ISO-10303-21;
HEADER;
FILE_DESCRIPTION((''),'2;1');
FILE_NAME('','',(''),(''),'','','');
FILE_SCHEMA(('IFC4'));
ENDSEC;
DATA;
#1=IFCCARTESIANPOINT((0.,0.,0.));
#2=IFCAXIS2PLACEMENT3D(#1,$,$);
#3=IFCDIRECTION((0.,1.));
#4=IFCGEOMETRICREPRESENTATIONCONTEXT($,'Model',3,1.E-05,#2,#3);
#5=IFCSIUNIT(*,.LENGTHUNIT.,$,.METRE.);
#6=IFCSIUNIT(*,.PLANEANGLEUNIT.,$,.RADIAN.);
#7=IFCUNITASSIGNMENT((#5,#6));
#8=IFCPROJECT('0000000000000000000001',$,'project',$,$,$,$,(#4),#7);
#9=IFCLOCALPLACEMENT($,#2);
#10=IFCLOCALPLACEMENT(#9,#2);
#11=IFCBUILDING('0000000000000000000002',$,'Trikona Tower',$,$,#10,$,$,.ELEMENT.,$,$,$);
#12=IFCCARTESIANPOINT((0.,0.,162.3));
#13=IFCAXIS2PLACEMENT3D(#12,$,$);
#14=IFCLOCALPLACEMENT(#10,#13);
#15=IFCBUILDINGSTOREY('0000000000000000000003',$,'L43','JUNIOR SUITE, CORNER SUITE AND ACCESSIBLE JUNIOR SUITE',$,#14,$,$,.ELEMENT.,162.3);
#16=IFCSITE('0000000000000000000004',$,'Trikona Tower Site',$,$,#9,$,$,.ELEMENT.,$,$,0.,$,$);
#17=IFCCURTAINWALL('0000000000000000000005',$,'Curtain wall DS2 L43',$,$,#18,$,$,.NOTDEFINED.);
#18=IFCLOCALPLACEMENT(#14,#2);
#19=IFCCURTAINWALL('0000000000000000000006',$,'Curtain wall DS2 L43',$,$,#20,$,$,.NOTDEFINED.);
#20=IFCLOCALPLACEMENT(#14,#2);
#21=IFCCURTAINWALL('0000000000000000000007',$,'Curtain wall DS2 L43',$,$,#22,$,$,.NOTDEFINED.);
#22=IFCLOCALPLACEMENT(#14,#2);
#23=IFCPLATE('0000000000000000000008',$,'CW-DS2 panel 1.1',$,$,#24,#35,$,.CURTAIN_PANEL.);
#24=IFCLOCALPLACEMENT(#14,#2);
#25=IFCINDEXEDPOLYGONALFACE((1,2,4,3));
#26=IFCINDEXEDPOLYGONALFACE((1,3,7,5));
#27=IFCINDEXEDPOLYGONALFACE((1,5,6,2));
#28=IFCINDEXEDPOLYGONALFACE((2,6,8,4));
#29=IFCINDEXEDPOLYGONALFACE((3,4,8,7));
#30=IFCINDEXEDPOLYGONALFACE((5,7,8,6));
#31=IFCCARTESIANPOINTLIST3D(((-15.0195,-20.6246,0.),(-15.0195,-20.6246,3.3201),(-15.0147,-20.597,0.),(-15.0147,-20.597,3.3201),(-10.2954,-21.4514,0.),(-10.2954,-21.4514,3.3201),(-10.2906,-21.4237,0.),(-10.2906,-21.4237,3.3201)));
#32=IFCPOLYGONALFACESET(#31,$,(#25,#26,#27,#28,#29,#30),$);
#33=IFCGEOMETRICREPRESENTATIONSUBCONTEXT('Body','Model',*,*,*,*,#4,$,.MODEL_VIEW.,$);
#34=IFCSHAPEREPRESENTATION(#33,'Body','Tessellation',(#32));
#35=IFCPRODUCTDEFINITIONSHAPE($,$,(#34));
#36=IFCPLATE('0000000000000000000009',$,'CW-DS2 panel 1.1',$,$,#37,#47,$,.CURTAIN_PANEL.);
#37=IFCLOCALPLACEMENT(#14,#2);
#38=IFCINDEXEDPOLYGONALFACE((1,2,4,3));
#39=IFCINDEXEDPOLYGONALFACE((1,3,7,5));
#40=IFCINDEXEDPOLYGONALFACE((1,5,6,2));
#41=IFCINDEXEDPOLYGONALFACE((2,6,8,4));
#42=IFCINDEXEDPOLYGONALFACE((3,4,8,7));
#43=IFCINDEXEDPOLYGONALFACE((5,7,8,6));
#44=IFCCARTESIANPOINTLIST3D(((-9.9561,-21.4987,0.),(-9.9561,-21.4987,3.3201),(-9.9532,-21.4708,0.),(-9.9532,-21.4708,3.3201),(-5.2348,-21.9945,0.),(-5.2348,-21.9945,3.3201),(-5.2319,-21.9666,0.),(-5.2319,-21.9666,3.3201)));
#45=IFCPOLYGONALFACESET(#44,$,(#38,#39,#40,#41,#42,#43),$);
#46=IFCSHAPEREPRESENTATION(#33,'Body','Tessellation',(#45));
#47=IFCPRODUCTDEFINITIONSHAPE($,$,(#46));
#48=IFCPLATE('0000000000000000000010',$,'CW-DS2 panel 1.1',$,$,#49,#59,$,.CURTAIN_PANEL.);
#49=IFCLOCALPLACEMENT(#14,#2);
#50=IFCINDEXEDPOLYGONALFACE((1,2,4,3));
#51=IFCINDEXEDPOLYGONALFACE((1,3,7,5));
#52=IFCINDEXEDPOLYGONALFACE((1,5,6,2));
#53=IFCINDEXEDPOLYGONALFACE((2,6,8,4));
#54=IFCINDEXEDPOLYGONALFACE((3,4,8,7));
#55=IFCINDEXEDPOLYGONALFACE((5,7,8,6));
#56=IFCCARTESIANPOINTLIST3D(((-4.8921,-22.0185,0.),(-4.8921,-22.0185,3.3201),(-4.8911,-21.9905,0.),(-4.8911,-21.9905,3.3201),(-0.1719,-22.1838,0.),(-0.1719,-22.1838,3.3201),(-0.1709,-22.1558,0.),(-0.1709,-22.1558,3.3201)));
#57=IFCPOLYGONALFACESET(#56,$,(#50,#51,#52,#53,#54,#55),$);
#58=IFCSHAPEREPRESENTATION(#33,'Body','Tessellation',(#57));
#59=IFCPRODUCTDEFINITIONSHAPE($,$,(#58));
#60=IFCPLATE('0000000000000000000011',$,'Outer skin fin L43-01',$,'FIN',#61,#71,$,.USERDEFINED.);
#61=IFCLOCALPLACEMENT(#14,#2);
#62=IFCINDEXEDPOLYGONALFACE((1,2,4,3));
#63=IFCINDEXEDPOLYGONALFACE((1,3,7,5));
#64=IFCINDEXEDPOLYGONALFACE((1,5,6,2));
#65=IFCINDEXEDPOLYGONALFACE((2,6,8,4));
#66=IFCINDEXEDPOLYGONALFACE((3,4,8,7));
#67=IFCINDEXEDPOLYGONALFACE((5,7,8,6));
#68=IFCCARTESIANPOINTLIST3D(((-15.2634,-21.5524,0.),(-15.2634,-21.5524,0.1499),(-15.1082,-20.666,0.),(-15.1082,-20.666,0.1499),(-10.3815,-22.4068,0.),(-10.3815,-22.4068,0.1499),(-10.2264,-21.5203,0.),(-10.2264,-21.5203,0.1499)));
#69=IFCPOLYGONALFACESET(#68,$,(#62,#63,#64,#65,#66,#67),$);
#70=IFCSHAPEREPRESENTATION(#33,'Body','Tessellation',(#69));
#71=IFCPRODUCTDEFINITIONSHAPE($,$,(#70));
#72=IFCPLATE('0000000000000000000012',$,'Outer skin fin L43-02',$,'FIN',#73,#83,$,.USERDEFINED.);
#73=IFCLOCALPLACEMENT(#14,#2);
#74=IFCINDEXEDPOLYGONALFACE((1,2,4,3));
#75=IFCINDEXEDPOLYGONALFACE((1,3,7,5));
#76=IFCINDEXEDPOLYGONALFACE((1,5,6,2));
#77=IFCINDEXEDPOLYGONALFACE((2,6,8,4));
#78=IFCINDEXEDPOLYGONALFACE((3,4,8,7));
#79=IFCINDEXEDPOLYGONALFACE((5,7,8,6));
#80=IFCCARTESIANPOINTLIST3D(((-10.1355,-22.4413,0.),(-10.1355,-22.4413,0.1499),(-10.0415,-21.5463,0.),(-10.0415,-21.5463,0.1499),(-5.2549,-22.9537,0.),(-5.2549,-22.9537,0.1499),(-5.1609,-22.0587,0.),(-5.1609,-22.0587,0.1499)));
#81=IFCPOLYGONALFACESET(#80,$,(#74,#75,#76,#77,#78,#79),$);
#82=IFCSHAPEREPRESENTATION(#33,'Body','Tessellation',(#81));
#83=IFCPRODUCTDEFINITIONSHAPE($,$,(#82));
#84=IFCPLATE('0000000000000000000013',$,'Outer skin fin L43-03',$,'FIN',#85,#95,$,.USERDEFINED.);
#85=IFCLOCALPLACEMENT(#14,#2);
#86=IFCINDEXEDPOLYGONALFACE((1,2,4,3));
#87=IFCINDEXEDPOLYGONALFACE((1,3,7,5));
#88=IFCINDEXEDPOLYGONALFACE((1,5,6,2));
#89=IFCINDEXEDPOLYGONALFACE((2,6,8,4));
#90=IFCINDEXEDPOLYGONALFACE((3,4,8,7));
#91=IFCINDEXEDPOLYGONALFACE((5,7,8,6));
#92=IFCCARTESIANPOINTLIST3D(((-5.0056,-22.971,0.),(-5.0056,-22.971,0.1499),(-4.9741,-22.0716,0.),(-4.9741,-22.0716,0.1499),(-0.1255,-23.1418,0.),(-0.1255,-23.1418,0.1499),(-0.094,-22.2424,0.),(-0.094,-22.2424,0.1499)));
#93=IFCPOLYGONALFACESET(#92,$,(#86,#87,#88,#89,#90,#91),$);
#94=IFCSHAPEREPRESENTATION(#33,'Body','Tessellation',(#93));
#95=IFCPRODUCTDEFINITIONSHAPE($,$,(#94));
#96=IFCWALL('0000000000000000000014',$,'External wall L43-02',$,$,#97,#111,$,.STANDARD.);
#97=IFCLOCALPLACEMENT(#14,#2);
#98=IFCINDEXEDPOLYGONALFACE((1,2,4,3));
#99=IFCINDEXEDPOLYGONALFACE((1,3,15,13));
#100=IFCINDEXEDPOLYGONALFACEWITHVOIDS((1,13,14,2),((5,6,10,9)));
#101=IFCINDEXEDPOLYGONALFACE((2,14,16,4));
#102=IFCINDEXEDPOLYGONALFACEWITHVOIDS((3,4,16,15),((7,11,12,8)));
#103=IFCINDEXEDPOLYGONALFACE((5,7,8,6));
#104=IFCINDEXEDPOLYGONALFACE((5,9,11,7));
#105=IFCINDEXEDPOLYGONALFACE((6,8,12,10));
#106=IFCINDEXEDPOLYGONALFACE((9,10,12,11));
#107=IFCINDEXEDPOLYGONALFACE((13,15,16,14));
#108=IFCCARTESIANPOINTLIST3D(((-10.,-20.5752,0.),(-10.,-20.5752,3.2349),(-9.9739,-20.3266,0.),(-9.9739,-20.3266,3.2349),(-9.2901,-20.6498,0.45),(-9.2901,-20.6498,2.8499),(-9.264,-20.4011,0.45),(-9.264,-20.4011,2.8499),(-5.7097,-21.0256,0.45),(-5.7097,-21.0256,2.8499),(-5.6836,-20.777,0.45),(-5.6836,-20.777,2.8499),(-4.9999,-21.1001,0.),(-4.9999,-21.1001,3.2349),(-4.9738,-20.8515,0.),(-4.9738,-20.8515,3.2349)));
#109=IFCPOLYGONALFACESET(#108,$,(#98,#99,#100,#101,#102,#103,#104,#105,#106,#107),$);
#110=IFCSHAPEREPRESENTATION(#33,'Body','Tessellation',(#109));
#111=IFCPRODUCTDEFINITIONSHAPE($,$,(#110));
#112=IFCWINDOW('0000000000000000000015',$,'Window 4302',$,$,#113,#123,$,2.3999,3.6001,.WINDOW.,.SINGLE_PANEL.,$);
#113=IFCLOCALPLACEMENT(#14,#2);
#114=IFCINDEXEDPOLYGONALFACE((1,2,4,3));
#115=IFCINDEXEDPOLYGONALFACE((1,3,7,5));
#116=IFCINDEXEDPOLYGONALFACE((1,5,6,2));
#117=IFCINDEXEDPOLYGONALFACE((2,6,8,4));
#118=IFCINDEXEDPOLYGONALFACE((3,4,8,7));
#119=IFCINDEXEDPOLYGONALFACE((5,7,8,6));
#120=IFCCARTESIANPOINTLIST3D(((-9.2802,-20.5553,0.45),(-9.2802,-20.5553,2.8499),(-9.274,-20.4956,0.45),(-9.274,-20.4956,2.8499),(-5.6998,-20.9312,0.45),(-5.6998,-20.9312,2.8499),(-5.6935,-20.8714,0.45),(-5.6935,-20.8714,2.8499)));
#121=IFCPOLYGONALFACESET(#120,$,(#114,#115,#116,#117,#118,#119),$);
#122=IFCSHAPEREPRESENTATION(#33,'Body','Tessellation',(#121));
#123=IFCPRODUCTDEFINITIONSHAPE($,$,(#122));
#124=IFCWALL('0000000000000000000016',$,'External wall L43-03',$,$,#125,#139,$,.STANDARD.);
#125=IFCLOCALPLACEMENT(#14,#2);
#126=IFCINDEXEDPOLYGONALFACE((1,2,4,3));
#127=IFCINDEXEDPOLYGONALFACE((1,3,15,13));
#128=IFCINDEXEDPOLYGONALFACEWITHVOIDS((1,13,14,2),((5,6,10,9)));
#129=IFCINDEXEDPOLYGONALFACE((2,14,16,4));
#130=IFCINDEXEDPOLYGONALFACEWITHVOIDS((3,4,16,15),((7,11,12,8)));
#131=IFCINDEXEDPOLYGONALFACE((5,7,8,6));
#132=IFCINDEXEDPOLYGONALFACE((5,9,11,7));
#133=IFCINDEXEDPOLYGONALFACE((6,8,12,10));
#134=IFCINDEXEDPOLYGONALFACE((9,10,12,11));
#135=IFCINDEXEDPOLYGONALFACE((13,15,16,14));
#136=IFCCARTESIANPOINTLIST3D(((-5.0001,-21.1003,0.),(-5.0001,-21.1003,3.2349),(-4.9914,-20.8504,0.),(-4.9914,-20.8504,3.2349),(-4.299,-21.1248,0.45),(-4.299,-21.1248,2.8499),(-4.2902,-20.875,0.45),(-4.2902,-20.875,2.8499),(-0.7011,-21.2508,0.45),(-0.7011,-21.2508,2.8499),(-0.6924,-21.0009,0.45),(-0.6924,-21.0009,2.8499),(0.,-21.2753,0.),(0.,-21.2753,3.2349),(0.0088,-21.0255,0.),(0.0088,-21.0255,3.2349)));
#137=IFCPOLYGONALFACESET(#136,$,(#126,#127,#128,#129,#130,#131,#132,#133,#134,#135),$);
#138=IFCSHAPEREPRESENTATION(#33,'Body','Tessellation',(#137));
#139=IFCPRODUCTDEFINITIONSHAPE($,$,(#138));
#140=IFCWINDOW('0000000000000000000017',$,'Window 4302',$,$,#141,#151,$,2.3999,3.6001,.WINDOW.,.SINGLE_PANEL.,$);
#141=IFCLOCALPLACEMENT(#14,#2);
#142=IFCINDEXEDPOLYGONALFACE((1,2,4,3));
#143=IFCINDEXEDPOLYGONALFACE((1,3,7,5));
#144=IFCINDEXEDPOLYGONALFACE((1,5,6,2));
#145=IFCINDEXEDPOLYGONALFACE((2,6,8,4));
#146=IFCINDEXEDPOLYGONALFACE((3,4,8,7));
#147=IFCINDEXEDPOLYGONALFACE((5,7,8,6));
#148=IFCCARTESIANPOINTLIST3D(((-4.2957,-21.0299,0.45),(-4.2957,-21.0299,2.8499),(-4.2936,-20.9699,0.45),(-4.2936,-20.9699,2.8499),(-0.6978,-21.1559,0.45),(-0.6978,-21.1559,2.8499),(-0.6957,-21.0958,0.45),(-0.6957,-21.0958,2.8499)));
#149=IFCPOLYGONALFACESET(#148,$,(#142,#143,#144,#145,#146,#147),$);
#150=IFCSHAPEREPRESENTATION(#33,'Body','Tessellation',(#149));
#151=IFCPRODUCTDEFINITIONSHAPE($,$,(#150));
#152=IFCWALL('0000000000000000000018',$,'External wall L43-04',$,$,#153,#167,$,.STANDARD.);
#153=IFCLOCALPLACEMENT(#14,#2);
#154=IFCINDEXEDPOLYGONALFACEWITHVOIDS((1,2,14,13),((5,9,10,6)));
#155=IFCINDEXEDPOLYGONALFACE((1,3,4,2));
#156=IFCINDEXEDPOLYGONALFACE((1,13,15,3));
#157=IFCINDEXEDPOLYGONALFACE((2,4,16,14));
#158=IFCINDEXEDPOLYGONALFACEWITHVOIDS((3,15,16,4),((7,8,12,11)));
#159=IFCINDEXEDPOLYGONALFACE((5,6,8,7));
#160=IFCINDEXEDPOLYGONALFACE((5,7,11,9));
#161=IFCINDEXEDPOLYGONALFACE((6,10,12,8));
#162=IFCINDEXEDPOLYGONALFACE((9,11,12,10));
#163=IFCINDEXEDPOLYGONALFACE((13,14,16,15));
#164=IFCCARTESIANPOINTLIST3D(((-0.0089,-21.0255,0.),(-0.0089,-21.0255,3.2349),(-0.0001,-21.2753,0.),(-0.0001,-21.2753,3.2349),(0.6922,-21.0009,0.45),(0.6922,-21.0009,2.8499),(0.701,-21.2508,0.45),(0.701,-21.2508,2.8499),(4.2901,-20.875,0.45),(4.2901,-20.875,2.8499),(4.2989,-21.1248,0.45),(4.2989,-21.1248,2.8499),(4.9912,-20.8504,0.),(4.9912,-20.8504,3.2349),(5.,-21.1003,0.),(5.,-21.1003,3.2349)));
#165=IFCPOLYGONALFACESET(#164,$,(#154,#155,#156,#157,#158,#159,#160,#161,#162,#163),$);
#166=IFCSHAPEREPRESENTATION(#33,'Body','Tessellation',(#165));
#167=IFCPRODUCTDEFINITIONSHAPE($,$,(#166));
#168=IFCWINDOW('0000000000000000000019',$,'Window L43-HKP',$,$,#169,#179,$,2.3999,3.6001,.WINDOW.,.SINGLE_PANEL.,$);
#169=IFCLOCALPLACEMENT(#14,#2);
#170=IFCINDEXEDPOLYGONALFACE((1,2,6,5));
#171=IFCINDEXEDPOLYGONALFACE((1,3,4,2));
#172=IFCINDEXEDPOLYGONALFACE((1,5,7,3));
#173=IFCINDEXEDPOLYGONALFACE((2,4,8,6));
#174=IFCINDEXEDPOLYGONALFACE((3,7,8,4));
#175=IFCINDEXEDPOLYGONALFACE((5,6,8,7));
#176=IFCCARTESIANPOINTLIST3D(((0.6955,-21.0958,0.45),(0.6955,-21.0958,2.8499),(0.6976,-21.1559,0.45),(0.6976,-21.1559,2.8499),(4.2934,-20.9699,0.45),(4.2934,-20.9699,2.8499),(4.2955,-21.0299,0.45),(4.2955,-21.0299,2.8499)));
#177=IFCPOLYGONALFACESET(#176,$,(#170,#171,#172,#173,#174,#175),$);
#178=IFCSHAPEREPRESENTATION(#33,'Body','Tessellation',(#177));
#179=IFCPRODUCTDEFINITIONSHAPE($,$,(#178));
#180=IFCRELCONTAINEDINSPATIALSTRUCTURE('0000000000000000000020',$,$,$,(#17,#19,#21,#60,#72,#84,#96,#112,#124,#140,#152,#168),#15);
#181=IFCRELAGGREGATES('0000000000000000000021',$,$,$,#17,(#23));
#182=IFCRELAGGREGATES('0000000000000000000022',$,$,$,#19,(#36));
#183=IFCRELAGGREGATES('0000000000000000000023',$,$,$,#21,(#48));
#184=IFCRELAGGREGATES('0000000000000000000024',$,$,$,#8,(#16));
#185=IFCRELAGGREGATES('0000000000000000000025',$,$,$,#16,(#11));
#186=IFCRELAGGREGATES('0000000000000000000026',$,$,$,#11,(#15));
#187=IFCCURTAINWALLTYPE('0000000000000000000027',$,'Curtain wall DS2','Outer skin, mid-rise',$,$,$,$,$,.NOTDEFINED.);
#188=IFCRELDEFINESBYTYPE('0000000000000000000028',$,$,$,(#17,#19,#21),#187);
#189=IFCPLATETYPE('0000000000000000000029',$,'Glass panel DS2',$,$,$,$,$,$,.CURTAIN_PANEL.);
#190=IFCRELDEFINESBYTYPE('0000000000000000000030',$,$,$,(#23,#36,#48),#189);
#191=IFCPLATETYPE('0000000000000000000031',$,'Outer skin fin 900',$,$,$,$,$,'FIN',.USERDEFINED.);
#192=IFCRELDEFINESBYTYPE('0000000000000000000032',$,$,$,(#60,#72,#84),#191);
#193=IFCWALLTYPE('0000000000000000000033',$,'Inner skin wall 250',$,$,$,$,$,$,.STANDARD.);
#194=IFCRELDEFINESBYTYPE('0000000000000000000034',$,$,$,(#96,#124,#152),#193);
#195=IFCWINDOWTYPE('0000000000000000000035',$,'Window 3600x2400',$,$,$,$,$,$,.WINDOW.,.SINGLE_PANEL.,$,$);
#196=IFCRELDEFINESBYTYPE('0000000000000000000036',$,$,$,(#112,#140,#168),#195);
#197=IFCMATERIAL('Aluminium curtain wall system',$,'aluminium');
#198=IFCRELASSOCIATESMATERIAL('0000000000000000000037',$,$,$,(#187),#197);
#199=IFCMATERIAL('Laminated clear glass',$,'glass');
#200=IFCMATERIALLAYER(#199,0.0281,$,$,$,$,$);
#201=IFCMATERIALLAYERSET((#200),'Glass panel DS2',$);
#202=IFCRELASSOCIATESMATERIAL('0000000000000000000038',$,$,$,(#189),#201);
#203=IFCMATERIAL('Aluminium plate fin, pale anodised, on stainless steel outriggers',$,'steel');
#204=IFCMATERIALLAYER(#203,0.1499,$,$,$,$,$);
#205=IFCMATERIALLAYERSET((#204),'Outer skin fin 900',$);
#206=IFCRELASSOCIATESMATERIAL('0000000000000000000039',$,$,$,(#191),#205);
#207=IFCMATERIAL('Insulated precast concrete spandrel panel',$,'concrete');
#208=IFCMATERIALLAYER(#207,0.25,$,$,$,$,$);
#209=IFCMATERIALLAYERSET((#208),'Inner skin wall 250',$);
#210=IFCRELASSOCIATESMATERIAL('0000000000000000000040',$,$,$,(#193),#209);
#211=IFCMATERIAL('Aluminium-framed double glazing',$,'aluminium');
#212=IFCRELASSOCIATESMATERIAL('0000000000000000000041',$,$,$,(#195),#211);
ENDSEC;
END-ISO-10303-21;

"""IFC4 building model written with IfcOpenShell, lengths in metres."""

from ifc_helpers import new_model, si_unit, direction, frame, frame_2d, origin, origin_2d, place, context, subcontext, project, spatial, rectangle, extrude, material, layer, layer_set, type_object, element, fill, aggregate, save


model = new_model("IFC4")

# Units and contexts
model_context = context("Model", 3, precision=1e-05, world=origin(), true_north=direction((0.0, 1.0)))
body_context = subcontext(model_context, "Body", "Model", "MODEL_VIEW")
ifc_project = project(units=[si_unit("LENGTHUNIT", "METRE"), si_unit("PLANEANGLEUNIT", "RADIAN")], contexts=[model_context])

# Site, building, storey
site_placement = place(None, origin())
site = spatial("IfcSite", under=ifc_project, at=site_placement, Name="Trikona Tower Site", CompositionType="ELEMENT", RefElevation=0.0)
building_placement = place(site_placement, origin())
building = spatial("IfcBuilding", under=site, at=building_placement, Name="Trikona Tower", CompositionType="ELEMENT")
storey_placement = place(building_placement, frame((0.0, 0.0, 162.3)))
storey = spatial("IfcBuildingStorey", under=building, at=storey_placement, Name="L43", Description="JUNIOR SUITE, CORNER SUITE AND ACCESSIBLE JUNIOR SUITE", CompositionType="ELEMENT", Elevation=162.3)

# Curtain wall
ifc_material_1 = material(Name="Aluminium curtain wall system", Category="aluminium")
curtain_wall_type = type_object("IfcCurtainWallType", Name="Curtain wall DS2", Description="Outer skin, mid-rise", PredefinedType="NOTDEFINED", material=ifc_material_1)
curtain_wall_1_placement = place(storey_placement, origin())
curtain_wall_1 = element("IfcCurtainWall", 1, at=curtain_wall_1_placement, inside=storey, type_object=curtain_wall_type, Name="Curtain wall DS2 L43", PredefinedType="NOTDEFINED")

# Curtain walls
curtain_wall_2_placement = place(storey_placement, origin())
curtain_wall_2 = element("IfcCurtainWall", 2, at=curtain_wall_2_placement, inside=storey, type_object=curtain_wall_type, Name="Curtain wall DS2 L43", PredefinedType="NOTDEFINED")
curtain_wall_3_placement = place(storey_placement, origin())
curtain_wall_3 = element("IfcCurtainWall", 3, at=curtain_wall_3_placement, inside=storey, type_object=curtain_wall_type, Name="Curtain wall DS2 L43", PredefinedType="NOTDEFINED")

# Plates
ifc_material_2 = material(Name="Laminated clear glass", Category="glass")
ifc_layer_1 = layer(ifc_material_2, 0.0281)
ifc_layer_set_1 = layer_set([ifc_layer_1], Name="Glass panel DS2")
plate_type_1 = type_object("IfcPlateType", Name="Glass panel DS2", PredefinedType="CURTAIN_PANEL", material=ifc_layer_set_1)
plate_1_placement = place(storey_placement, frame((-12.655, -21.0242, 0.0), z_axis=(0.0, 0.0, 1.0), x_axis=(0.985031, -0.172377, 0.0)))
plate_1 = element("IfcPlate", 4, at=plate_1_placement, type_object=plate_type_1, Name="CW-DS2 panel 1.1", PredefinedType="CURTAIN_PANEL", context=body_context, shape_type="SweptSolid", body=[
    extrude(rectangle(XDim=4.7959, YDim=0.0281, at=origin_2d()), origin(), (0.0, 0.0, 1.0), 3.3201),
])
aggregate(curtain_wall_1, [plate_1])
plate_2_placement = place(storey_placement, frame((-7.594, -21.7327, 0.0), z_axis=(0.0, 0.0, 1.0), x_axis=(0.994532, -0.104433, 0.0)))
plate_2 = element("IfcPlate", 5, at=plate_2_placement, type_object=plate_type_1, Name="CW-DS2 panel 1.1", PredefinedType="CURTAIN_PANEL", context=body_context, shape_type="SweptSolid", body=[
    extrude(rectangle(XDim=4.7473, YDim=0.0281, at=origin_2d()), origin(), (0.0, 0.0, 1.0), 3.3201),
])
aggregate(curtain_wall_2, [plate_2])
plate_3_placement = place(storey_placement, frame((-2.5315, -22.0872, 0.0), z_axis=(0.0, 0.0, 1.0), x_axis=(0.999387, -0.034998, 0.0)))
plate_3 = element("IfcPlate", 6, at=plate_3_placement, type_object=plate_type_1, Name="CW-DS2 panel 1.1", PredefinedType="CURTAIN_PANEL", context=body_context, shape_type="SweptSolid", body=[
    extrude(rectangle(XDim=4.7231, YDim=0.0281, at=origin_2d()), origin(), (0.0, 0.0, 1.0), 3.3201),
])
aggregate(curtain_wall_3, [plate_3])

# Plates
ifc_material_3 = material(Name="Aluminium plate fin, pale anodised, on stainless steel outriggers", Category="steel")
ifc_layer_2 = layer(ifc_material_3, 0.1499)
ifc_layer_set_2 = layer_set([ifc_layer_2], Name="Outer skin fin 900")
plate_type_2 = type_object("IfcPlateType", Name="Outer skin fin 900", ElementType="FIN", PredefinedType="USERDEFINED", material=ifc_layer_set_2)
plate_4_placement = place(storey_placement, frame((-12.7449, -21.5364, 0.0), z_axis=(0.0, 0.0, 1.0), x_axis=(0.985031, -0.17238, 0.0)))
element("IfcPlate", 7, at=plate_4_placement, inside=storey, type_object=plate_type_2, Name="Outer skin fin L43-01", ObjectType="FIN", PredefinedType="USERDEFINED", context=body_context, shape_type="SweptSolid", body=[
    extrude(rectangle(XDim=4.9561, YDim=0.8999, at=origin_2d()), origin(), (0.0, 0.0, 1.0), 0.1499),
])
plate_5_placement = place(storey_placement, frame((-7.6482, -22.25, 0.0), z_axis=(0.0, 0.0, 1.0), x_axis=(0.994533, -0.104426, 0.0)))
element("IfcPlate", 8, at=plate_5_placement, inside=storey, type_object=plate_type_2, Name="Outer skin fin L43-02", ObjectType="FIN", PredefinedType="USERDEFINED", context=body_context, shape_type="SweptSolid", body=[
    extrude(rectangle(XDim=4.9075, YDim=0.8999, at=origin_2d()), origin(), (0.0, 0.0, 1.0), 0.1499),
])
plate_6_placement = place(storey_placement, frame((-2.5498, -22.6067, 0.0), z_axis=(0.0, 0.0, 1.0), x_axis=(0.999388, -0.034978, 0.0)))
element("IfcPlate", 9, at=plate_6_placement, inside=storey, type_object=plate_type_2, Name="Outer skin fin L43-03", ObjectType="FIN", PredefinedType="USERDEFINED", context=body_context, shape_type="SweptSolid", body=[
    extrude(rectangle(XDim=4.8831, YDim=0.8999, at=origin_2d()), origin(), (0.0, 0.0, 1.0), 0.1499),
])

# Walls, openings, windows
ifc_material_4 = material(Name="Insulated precast concrete spandrel panel", Category="concrete")
ifc_layer_3 = layer(ifc_material_4, 0.25)
ifc_layer_set_3 = layer_set([ifc_layer_3], Name="Inner skin wall 250")
wall_type = type_object("IfcWallType", Name="Inner skin wall 250", PredefinedType="STANDARD", material=ifc_layer_set_3)
wall_1_placement = place(storey_placement, frame((-9.9868, -20.4509, 0.0), z_axis=(0.0, 0.0, 1.0), x_axis=(0.994535, -0.104407, 0.0)))
wall_1 = element("IfcWall", 10, at=wall_1_placement, inside=storey, type_object=wall_type, Name="External wall L43-02", PredefinedType="STANDARD", context=body_context, shape_type="SweptSolid", body=[
    extrude(rectangle(XDim=5.0276, YDim=0.25, at=frame_2d((2.5137, 0.0))), origin(), (0.0, 0.0, 1.0), 3.2349),
])
opening_1_placement = place(wall_1_placement, frame((0.7136, 0.0, 0.45)))
opening_1 = element("IfcOpeningElement", 11, at=opening_1_placement, cuts=wall_1, PredefinedType="OPENING", context=body_context, shape_type="SweptSolid", body=[
    extrude(rectangle(XDim=3.6001, YDim=2.3999, at=frame_2d((1.8, 1.2))), frame((0.0, 0.135, 0.0), z_axis=(0.0, -1.0, 0.0), x_axis=(1.0, 0.0, 0.0)), (0.0, 0.0, 1.0), 0.27),
])
ifc_material_5 = material(Name="Aluminium-framed double glazing", Category="aluminium")
window_type = type_object("IfcWindowType", Name="Window 3600x2400", PartitioningType="SINGLE_PANEL", PredefinedType="WINDOW", material=ifc_material_5)
window_1_placement = place(opening_1_placement, origin())
window_1 = element("IfcWindow", 12, at=window_1_placement, inside=storey, type_object=window_type, Name="Window 4302", OverallHeight=2.3999, OverallWidth=3.6001, PartitioningType="SINGLE_PANEL", PredefinedType="WINDOW", context=body_context, shape_type="SweptSolid", body=[
    extrude(rectangle(XDim=3.6001, YDim=2.3999, at=frame_2d((1.8, 1.2))), frame((0.0, 0.03, 0.0), z_axis=(0.0, -1.0, 0.0), x_axis=(1.0, 0.0, 0.0)), (0.0, 0.0, 1.0), 0.0601),
])
fill(opening_1, window_1)
wall_2_placement = place(storey_placement, frame((-4.9956, -20.9753, 0.0), z_axis=(0.0, 0.0, 1.0), x_axis=(0.999388, -0.034988, 0.0)))
wall_2 = element("IfcWall", 13, at=wall_2_placement, inside=storey, type_object=wall_type, Name="External wall L43-03", PredefinedType="STANDARD", context=body_context, shape_type="SweptSolid", body=[
    extrude(rectangle(XDim=5.0032, YDim=0.25, at=frame_2d((2.5015, 0.0))), origin(), (0.0, 0.0, 1.0), 3.2349),
])
opening_2_placement = place(wall_2_placement, frame((0.7014, 0.0, 0.45)))
opening_2 = element("IfcOpeningElement", 14, at=opening_2_placement, cuts=wall_2, PredefinedType="OPENING", context=body_context, shape_type="SweptSolid", body=[
    extrude(rectangle(XDim=3.6001, YDim=2.3999, at=frame_2d((1.8, 1.2))), frame((0.0, 0.135, 0.0), z_axis=(0.0, -1.0, 0.0), x_axis=(1.0, 0.0, 0.0)), (0.0, 0.0, 1.0), 0.27),
])
window_2_placement = place(opening_2_placement, origin())
window_2 = element("IfcWindow", 15, at=window_2_placement, inside=storey, type_object=window_type, Name="Window 4302", OverallHeight=2.3999, OverallWidth=3.6001, PartitioningType="SINGLE_PANEL", PredefinedType="WINDOW", context=body_context, shape_type="SweptSolid", body=[
    extrude(rectangle(XDim=3.6001, YDim=2.3999, at=frame_2d((1.8, 1.2))), frame((0.0, 0.03, 0.0), z_axis=(0.0, -1.0, 0.0), x_axis=(1.0, 0.0, 0.0)), (0.0, 0.0, 1.0), 0.0601),
])
fill(opening_2, window_2)
wall_3_placement = place(storey_placement, frame((-0.0044, -21.1504, 0.0), z_axis=(0.0, 0.0, 1.0), x_axis=(0.999388, 0.034988, 0.0)))
wall_3 = element("IfcWall", 16, at=wall_3_placement, inside=storey, type_object=wall_type, Name="External wall L43-04", PredefinedType="STANDARD", context=body_context, shape_type="SweptSolid", body=[
    extrude(rectangle(XDim=5.0032, YDim=0.25, at=frame_2d((2.5015, 0.0))), origin(), (0.0, 0.0, 1.0), 3.2349),
])
opening_3_placement = place(wall_3_placement, frame((0.7014, 0.0, 0.45)))
opening_3 = element("IfcOpeningElement", 17, at=opening_3_placement, cuts=wall_3, PredefinedType="OPENING", context=body_context, shape_type="SweptSolid", body=[
    extrude(rectangle(XDim=3.6001, YDim=2.3999, at=frame_2d((1.8, 1.2))), frame((0.0, 0.135, 0.0), z_axis=(0.0, -1.0, 0.0), x_axis=(1.0, 0.0, 0.0)), (0.0, 0.0, 1.0), 0.27),
])
window_3_placement = place(opening_3_placement, origin())
window_3 = element("IfcWindow", 18, at=window_3_placement, inside=storey, type_object=window_type, Name="Window L43-HKP", OverallHeight=2.3999, OverallWidth=3.6001, PartitioningType="SINGLE_PANEL", PredefinedType="WINDOW", context=body_context, shape_type="SweptSolid", body=[
    extrude(rectangle(XDim=3.6001, YDim=2.3999, at=frame_2d((1.8, 1.2))), frame((0.0, 0.03, 0.0), z_axis=(0.0, -1.0, 0.0), x_axis=(1.0, 0.0, 0.0)), (0.0, 0.0, 1.0), 0.0601),
])
fill(opening_3, window_3)

save(model, "model.ifc")
